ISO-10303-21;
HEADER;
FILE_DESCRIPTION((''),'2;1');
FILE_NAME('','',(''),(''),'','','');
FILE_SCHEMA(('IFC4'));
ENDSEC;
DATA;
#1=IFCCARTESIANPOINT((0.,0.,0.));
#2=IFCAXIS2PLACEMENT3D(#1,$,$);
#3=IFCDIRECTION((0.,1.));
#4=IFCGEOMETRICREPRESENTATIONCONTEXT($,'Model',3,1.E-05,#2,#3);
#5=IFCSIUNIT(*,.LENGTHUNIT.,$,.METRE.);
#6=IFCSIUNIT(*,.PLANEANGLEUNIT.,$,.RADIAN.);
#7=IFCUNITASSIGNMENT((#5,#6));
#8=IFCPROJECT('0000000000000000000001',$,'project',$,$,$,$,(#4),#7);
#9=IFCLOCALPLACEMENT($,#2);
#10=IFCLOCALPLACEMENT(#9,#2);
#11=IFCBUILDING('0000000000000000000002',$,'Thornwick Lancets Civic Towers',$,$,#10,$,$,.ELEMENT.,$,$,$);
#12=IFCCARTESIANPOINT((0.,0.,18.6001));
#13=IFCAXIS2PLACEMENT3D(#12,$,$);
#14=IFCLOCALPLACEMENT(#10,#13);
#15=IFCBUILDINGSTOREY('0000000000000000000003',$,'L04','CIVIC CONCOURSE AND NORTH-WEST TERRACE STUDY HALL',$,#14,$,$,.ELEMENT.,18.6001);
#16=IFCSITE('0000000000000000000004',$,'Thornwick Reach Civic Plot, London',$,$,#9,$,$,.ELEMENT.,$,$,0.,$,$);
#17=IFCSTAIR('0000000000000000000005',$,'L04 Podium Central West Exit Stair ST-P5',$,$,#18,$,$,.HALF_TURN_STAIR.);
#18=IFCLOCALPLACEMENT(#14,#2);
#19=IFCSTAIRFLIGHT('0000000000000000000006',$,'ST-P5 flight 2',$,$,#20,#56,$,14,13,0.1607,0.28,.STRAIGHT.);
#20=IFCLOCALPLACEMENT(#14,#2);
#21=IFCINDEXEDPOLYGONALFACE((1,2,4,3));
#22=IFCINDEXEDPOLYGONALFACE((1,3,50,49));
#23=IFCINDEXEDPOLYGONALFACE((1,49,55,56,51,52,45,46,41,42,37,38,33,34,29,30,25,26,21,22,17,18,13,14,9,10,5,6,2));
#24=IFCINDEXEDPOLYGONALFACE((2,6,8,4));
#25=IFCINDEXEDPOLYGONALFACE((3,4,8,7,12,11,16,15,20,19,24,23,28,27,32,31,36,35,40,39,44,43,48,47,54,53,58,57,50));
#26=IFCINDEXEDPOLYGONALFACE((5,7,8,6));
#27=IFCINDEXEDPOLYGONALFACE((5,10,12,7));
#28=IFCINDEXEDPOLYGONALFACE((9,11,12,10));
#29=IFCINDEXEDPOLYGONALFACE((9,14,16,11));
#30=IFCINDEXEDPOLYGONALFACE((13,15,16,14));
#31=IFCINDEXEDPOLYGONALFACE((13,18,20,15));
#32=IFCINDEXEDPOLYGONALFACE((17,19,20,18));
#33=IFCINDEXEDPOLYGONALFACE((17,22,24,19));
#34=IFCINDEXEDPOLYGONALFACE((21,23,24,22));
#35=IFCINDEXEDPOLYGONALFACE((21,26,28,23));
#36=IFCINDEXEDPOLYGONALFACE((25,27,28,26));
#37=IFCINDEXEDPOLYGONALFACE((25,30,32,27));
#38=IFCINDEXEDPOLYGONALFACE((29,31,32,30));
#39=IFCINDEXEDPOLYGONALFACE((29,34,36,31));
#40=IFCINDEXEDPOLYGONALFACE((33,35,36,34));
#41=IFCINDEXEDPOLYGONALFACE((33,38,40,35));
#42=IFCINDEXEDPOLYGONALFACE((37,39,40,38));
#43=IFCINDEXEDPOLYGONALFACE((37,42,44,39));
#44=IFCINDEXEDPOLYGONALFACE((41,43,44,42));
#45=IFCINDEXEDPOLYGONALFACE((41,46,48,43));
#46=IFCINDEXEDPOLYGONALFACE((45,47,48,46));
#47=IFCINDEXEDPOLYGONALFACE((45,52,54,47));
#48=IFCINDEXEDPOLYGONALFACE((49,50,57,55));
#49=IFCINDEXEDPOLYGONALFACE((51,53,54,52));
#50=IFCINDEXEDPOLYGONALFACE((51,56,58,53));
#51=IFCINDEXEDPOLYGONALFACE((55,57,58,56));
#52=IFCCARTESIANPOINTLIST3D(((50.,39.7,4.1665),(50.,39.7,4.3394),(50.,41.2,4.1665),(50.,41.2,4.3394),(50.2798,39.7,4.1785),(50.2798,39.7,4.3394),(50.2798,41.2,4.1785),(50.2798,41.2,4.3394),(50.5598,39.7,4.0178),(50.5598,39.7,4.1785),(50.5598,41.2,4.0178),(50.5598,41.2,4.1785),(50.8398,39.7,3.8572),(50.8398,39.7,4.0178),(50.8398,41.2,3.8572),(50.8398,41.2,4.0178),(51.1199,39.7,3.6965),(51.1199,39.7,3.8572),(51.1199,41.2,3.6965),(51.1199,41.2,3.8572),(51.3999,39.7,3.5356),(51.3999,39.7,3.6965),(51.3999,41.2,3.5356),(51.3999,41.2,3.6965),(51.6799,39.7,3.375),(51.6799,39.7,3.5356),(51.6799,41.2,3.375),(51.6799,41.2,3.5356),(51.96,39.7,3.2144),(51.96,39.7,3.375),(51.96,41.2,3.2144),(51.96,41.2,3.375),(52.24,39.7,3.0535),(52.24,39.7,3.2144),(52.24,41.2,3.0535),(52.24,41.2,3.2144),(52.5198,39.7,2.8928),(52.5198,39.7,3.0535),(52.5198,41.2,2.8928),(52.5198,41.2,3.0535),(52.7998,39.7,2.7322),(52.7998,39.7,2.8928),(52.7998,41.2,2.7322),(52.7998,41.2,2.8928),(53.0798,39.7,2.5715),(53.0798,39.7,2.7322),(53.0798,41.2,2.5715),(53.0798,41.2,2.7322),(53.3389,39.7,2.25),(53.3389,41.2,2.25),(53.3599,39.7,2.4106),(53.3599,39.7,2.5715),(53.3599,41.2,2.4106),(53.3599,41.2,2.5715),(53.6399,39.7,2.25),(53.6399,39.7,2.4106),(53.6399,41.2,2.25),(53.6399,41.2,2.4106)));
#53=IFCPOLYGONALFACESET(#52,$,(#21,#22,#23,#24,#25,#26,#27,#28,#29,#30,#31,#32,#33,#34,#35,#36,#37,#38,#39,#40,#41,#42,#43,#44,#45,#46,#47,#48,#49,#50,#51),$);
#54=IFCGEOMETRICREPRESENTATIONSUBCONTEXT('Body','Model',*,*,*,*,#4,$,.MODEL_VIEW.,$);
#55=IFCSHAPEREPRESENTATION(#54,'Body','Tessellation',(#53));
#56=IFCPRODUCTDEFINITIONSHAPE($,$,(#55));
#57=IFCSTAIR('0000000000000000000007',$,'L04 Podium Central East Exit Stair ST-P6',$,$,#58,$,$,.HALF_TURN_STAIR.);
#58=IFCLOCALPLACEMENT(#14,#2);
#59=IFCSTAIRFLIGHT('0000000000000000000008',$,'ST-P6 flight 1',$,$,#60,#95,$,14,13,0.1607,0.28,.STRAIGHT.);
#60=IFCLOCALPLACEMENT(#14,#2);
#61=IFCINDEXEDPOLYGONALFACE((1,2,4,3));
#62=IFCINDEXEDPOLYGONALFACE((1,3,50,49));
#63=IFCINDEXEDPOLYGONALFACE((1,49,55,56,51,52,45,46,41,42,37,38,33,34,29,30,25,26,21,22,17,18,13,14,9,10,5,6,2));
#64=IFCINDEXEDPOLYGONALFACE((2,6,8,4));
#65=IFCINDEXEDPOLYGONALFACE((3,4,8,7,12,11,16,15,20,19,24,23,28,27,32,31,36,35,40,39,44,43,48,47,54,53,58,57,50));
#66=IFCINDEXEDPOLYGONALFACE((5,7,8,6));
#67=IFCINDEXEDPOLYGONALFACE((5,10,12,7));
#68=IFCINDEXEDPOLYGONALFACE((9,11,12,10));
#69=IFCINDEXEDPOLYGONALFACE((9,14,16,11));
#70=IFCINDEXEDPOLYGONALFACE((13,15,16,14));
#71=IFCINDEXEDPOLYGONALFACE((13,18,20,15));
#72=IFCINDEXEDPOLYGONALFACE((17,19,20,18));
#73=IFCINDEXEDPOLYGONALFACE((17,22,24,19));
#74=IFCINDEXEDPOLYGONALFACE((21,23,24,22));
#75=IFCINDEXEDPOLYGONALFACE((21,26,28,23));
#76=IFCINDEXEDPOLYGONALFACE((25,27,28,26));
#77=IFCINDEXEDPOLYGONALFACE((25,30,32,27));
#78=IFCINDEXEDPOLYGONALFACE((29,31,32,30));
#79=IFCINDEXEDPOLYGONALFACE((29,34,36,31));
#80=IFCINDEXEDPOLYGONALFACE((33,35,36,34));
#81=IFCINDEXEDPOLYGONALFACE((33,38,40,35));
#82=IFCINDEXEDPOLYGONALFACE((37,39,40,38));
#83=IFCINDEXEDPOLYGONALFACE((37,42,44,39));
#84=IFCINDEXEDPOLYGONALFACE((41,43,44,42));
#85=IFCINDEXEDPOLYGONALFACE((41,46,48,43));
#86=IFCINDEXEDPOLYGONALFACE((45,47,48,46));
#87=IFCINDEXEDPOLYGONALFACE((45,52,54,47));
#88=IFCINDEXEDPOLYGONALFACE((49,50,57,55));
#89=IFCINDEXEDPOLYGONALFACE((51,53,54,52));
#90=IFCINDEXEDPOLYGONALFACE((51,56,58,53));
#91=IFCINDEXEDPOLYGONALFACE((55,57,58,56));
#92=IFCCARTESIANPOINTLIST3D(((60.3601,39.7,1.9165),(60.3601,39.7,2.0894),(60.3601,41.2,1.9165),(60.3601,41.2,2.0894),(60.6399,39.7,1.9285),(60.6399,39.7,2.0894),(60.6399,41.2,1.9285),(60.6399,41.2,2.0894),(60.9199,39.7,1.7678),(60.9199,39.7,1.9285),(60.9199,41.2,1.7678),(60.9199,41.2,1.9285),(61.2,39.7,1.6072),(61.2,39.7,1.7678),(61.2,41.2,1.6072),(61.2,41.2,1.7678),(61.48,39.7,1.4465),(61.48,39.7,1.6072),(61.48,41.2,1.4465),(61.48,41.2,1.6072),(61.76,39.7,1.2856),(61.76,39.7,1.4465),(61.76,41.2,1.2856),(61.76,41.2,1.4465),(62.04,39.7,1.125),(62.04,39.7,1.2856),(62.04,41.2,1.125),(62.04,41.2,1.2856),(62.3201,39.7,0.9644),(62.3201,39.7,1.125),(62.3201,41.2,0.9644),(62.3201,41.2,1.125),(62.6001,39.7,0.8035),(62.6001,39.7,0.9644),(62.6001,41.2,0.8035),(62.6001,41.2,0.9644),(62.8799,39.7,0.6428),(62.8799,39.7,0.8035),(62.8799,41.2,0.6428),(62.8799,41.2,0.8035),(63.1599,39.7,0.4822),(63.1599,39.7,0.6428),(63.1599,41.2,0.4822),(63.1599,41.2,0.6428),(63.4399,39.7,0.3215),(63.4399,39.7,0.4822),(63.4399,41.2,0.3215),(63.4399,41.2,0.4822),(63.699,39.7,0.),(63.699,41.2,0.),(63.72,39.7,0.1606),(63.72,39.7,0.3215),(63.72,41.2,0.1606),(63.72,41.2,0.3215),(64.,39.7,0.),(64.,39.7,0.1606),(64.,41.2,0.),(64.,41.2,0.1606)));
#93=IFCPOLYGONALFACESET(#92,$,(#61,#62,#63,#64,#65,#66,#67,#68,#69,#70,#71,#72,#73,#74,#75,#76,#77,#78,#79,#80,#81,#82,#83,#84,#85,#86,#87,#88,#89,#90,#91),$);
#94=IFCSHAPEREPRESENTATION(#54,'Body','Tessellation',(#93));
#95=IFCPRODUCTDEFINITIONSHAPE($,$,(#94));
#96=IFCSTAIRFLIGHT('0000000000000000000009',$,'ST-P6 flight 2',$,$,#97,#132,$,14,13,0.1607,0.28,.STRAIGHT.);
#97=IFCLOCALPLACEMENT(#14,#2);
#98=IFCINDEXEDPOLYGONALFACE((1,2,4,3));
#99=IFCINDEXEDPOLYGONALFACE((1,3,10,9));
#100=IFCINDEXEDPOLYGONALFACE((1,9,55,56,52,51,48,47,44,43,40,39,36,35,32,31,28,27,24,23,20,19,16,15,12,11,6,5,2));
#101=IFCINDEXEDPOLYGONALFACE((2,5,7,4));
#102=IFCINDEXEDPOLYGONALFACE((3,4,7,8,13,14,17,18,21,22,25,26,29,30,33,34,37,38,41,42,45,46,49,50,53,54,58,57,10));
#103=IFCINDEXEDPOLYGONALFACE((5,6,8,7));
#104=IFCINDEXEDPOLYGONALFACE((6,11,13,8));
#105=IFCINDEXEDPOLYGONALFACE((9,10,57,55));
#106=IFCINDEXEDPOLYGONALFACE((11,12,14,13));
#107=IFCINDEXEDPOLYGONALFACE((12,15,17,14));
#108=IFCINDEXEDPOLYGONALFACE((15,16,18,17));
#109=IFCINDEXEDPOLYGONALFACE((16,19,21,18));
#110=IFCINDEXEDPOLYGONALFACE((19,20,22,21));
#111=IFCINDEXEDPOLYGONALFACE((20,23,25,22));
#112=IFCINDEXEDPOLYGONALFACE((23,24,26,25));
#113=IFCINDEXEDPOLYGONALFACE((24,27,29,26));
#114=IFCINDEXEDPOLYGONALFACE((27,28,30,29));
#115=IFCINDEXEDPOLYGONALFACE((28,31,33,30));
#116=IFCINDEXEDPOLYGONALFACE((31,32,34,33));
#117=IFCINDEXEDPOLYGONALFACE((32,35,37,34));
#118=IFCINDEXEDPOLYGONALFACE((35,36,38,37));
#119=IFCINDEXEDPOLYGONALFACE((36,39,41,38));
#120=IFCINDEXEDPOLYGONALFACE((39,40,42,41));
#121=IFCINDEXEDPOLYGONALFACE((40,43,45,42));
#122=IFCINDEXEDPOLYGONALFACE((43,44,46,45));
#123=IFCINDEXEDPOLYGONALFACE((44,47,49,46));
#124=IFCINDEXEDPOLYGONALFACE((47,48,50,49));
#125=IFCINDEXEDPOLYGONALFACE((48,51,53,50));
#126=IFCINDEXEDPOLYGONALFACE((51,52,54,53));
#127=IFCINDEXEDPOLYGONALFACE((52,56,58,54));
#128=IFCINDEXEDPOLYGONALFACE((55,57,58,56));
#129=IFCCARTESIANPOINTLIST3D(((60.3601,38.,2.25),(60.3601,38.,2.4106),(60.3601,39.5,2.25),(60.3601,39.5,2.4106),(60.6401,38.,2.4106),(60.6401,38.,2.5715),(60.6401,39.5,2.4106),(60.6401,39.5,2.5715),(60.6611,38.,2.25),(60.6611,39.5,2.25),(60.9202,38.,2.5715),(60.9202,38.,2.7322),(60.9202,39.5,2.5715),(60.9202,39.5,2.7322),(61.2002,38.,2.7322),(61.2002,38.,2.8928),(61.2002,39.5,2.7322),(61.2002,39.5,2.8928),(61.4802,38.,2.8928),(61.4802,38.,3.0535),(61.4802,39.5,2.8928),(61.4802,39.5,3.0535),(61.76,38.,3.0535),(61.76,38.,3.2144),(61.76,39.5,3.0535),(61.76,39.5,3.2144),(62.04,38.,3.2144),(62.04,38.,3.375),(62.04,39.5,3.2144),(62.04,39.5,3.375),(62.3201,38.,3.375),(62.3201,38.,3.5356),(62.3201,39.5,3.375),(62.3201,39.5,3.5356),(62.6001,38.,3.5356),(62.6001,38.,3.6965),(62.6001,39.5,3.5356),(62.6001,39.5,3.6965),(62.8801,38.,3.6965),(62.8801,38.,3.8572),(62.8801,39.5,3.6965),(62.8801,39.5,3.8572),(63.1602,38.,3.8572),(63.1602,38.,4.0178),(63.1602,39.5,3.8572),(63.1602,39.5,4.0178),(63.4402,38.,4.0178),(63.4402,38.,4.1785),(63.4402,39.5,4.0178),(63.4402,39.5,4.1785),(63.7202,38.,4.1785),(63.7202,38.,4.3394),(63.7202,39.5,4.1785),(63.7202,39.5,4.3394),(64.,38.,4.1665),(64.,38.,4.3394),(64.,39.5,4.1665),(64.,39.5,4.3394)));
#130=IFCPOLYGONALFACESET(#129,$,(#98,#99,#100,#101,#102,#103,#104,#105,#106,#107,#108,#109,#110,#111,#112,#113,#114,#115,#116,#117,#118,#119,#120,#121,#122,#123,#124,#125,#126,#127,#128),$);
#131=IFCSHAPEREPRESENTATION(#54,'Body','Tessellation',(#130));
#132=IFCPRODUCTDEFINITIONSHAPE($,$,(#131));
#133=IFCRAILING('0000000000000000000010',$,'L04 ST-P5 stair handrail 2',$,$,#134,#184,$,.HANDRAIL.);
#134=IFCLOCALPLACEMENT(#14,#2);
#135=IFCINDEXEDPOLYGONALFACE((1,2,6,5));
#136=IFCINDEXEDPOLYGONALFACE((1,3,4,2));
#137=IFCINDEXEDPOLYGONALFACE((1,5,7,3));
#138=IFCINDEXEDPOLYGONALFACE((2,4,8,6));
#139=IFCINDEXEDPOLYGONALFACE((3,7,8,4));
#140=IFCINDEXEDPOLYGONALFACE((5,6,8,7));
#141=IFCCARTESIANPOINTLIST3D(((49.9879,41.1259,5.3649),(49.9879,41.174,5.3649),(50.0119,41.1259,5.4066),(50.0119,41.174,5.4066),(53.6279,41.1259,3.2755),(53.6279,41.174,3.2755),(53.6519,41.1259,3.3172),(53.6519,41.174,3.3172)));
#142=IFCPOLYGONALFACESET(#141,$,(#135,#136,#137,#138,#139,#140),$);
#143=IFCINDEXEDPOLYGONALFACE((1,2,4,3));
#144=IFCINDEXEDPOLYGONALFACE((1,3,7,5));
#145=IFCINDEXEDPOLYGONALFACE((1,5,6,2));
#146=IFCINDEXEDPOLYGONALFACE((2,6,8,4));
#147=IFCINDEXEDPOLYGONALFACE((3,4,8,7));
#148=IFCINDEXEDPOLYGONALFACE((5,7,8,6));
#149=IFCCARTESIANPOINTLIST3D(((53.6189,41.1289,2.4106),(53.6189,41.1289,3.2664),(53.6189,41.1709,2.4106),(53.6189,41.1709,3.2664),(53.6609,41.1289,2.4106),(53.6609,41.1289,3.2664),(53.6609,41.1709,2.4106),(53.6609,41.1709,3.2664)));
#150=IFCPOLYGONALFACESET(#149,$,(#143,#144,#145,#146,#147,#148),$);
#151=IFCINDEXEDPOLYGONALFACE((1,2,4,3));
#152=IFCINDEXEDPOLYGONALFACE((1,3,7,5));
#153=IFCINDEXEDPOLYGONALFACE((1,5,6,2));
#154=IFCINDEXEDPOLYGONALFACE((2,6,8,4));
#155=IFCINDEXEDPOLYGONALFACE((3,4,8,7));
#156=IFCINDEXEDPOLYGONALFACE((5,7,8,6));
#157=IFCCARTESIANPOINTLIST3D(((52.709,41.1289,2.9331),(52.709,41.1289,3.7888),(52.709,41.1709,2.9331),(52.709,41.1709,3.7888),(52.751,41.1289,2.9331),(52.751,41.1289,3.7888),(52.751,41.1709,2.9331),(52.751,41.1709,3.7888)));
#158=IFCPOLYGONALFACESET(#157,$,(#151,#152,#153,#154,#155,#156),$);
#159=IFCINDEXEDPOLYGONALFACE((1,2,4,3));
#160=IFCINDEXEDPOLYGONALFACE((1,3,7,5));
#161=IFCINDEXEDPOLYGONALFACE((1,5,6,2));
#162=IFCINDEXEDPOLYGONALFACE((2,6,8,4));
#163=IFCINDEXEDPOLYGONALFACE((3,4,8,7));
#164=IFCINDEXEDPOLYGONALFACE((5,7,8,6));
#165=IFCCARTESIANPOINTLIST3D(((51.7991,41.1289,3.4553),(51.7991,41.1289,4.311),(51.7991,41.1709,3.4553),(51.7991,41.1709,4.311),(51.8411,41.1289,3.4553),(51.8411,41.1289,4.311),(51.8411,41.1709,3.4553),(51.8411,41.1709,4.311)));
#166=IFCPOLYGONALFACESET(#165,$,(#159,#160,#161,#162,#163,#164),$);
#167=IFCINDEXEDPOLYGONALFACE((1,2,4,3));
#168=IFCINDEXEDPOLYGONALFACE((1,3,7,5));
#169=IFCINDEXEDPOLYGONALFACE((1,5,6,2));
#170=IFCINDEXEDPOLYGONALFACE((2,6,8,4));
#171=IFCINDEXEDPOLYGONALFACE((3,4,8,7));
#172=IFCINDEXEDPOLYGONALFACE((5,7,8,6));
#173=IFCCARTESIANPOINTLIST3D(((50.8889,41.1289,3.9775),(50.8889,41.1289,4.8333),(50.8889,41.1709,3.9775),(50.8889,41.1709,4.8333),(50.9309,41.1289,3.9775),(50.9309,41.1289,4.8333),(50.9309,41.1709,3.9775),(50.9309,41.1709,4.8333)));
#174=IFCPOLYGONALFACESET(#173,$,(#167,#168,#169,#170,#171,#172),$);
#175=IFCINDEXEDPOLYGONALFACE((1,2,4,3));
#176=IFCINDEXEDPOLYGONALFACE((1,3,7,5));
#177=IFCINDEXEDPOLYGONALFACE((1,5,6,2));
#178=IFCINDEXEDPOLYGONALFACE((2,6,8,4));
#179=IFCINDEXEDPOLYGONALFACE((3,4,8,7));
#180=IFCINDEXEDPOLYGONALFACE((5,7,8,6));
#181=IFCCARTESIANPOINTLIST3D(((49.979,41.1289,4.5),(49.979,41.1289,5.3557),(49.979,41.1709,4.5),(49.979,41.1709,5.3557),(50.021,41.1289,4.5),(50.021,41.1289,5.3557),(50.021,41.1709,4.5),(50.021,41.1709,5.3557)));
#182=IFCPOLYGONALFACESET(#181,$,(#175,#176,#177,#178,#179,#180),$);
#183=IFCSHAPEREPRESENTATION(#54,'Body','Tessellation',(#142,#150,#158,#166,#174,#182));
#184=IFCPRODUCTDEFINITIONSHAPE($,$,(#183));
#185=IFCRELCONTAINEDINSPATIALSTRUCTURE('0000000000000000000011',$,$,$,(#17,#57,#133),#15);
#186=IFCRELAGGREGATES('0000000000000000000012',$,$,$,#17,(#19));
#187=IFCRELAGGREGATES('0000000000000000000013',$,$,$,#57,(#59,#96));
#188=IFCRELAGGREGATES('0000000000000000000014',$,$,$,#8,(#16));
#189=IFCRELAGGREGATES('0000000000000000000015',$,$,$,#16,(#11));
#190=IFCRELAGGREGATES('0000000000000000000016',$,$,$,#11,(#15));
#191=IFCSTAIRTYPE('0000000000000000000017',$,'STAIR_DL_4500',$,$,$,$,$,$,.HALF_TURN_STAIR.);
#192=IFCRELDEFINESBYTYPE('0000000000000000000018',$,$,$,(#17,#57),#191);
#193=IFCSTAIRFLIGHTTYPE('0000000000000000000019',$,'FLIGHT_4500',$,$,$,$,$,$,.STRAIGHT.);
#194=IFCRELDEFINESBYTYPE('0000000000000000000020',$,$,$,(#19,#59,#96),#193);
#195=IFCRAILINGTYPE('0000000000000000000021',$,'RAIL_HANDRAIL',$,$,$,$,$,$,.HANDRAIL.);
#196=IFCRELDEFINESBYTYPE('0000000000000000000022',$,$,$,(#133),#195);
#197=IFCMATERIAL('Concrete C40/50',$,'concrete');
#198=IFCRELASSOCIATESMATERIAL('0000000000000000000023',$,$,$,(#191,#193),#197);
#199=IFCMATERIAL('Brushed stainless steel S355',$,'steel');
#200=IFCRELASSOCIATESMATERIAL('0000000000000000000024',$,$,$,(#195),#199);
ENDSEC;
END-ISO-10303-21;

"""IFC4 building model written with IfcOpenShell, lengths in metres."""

from ifc_helpers import new_model, si_unit, direction, frame, origin, origin_2d, place, context, subcontext, project, spatial, polyline, rectangle, outline, extrude, material, type_object, element, aggregate, save


model = new_model("IFC4")

# Units and contexts
model_context = context("Model", 3, precision=1e-05, world=origin(), true_north=direction((0.0, 1.0)))
body_context = subcontext(model_context, "Body", "Model", "MODEL_VIEW")
ifc_project = project(units=[si_unit("LENGTHUNIT", "METRE"), si_unit("PLANEANGLEUNIT", "RADIAN")], contexts=[model_context])

# Site, building, storey
site_placement = place(None, origin())
site = spatial("IfcSite", under=ifc_project, at=site_placement, Name="Thornwick Reach Civic Plot, London", CompositionType="ELEMENT", RefElevation=0.0)
building_placement = place(site_placement, origin())
building = spatial("IfcBuilding", under=site, at=building_placement, Name="Thornwick Lancets Civic Towers", CompositionType="ELEMENT")
storey_placement = place(building_placement, frame((0.0, 0.0, 18.6001)))
storey = spatial("IfcBuildingStorey", under=building, at=storey_placement, Name="L04", Description="CIVIC CONCOURSE AND NORTH-WEST TERRACE STUDY HALL", CompositionType="ELEMENT", Elevation=18.6001)

# Shared definitions
ifc_material_1 = material(Name="Concrete C40/50", Category="concrete")

# Stair, stair flight
stair_type = type_object("IfcStairType", Name="STAIR_DL_4500", PredefinedType="HALF_TURN_STAIR", material=ifc_material_1)
stair_1_placement = place(storey_placement, origin())
stair_1 = element("IfcStair", 1, at=stair_1_placement, inside=storey, type_object=stair_type, Name="L04 Podium Central West Exit Stair ST-P5", PredefinedType="HALF_TURN_STAIR")
stair_flight_type = type_object("IfcStairFlightType", Name="FLIGHT_4500", PredefinedType="STRAIGHT", material=ifc_material_1)
stair_flight_1_placement = place(storey_placement, frame((53.6399, 40.45, 2.25), z_axis=(0.0, 0.0, 1.0), x_axis=(-1.0, 0.0, 0.0)))
stair_flight_1 = element("IfcStairFlight", 2, at=stair_flight_1_placement, type_object=stair_flight_type, Name="ST-P5 flight 2", NumberOfRisers=14, NumberOfTreads=13, PredefinedType="STRAIGHT", RiserHeight=0.1607, TreadLength=0.28, context=body_context, shape_type="SweptSolid", body=[
    extrude(outline(polyline([(0.0, 0.0), (0.0, 0.1606), (0.28, 0.1606), (0.28, 0.3215), (0.5601, 0.3215), (0.5601, 0.4822), (0.8401, 0.4822), (0.8401, 0.6428), (1.1201, 0.6428), (1.1201, 0.8035), (1.3999, 0.8035), (1.3999, 0.9644), (1.6799, 0.9644), (1.6799, 1.125), (1.96, 1.125), (1.96, 1.2856), (2.24, 1.2856), (2.24, 1.4465), (2.52, 1.4465), (2.52, 1.6072), (2.8, 1.6072), (2.8, 1.7678), (3.0801, 1.7678), (3.0801, 1.9285), (3.3601, 1.9285), (3.3601, 2.0894), (3.6399, 2.0894), (3.6399, 2.25), (3.6399, 1.9165), (0.301, 0.0), (0.0, 0.0)])), frame((0.0, 0.75, 0.0), z_axis=(0.0, -1.0, 0.0), x_axis=(1.0, 0.0, 0.0)), (0.0, 0.0, 1.0), 1.5),
])
aggregate(stair_1, [stair_flight_1])

# Stair, stair flights
stair_2_placement = place(storey_placement, origin())
stair_2 = element("IfcStair", 3, at=stair_2_placement, inside=storey, type_object=stair_type, Name="L04 Podium Central East Exit Stair ST-P6", PredefinedType="HALF_TURN_STAIR")
stair_flight_2_placement = place(storey_placement, frame((64.0, 40.45, 0.0), z_axis=(0.0, 0.0, 1.0), x_axis=(-1.0, 0.0, 0.0)))
stair_flight_2 = element("IfcStairFlight", 4, at=stair_flight_2_placement, type_object=stair_flight_type, Name="ST-P6 flight 1", NumberOfRisers=14, NumberOfTreads=13, PredefinedType="STRAIGHT", RiserHeight=0.1607, TreadLength=0.28, context=body_context, shape_type="SweptSolid", body=[
    extrude(outline(polyline([(0.0, 0.0), (0.0, 0.1606), (0.28, 0.1606), (0.28, 0.3215), (0.5601, 0.3215), (0.5601, 0.4822), (0.8401, 0.4822), (0.8401, 0.6428), (1.1201, 0.6428), (1.1201, 0.8035), (1.3999, 0.8035), (1.3999, 0.9644), (1.6799, 0.9644), (1.6799, 1.125), (1.96, 1.125), (1.96, 1.2856), (2.24, 1.2856), (2.24, 1.4465), (2.52, 1.4465), (2.52, 1.6072), (2.8, 1.6072), (2.8, 1.7678), (3.0801, 1.7678), (3.0801, 1.9285), (3.3601, 1.9285), (3.3601, 2.0894), (3.6399, 2.0894), (3.6399, 2.25), (3.6399, 1.9165), (0.301, 0.0), (0.0, 0.0)])), frame((0.0, 0.75, 0.0), z_axis=(0.0, -1.0, 0.0), x_axis=(1.0, 0.0, 0.0)), (0.0, 0.0, 1.0), 1.5),
])
stair_flight_3_placement = place(storey_placement, frame((60.3601, 38.75, 2.25), z_axis=(0.0, 0.0, 1.0), x_axis=(1.0, 0.0, 0.0)))
stair_flight_3 = element("IfcStairFlight", 5, at=stair_flight_3_placement, type_object=stair_flight_type, Name="ST-P6 flight 2", NumberOfRisers=14, NumberOfTreads=13, PredefinedType="STRAIGHT", RiserHeight=0.1607, TreadLength=0.28, context=body_context, shape_type="SweptSolid", body=[
    extrude(outline(polyline([(0.0, 0.0), (0.0, 0.1606), (0.28, 0.1606), (0.28, 0.3215), (0.5601, 0.3215), (0.5601, 0.4822), (0.8401, 0.4822), (0.8401, 0.6428), (1.1201, 0.6428), (1.1201, 0.8035), (1.3999, 0.8035), (1.3999, 0.9644), (1.6799, 0.9644), (1.6799, 1.125), (1.96, 1.125), (1.96, 1.2856), (2.24, 1.2856), (2.24, 1.4465), (2.52, 1.4465), (2.52, 1.6072), (2.8, 1.6072), (2.8, 1.7678), (3.0801, 1.7678), (3.0801, 1.9285), (3.3601, 1.9285), (3.3601, 2.0894), (3.6399, 2.0894), (3.6399, 2.25), (3.6399, 1.9165), (0.301, 0.0), (0.0, 0.0)])), frame((0.0, 0.75, 0.0), z_axis=(0.0, -1.0, 0.0), x_axis=(1.0, 0.0, 0.0)), (0.0, 0.0, 1.0), 1.5),
])
aggregate(stair_2, [stair_flight_2, stair_flight_3])

# Railing
ifc_material_2 = material(Name="Brushed stainless steel S355", Category="steel")
railing_type_1 = type_object("IfcRailingType", Name="RAIL_HANDRAIL", PredefinedType="HANDRAIL", material=ifc_material_2)
railing_1_placement = place(storey_placement, frame((53.6399, 41.1499, 2.4106)))
element("IfcRailing", 6, at=railing_1_placement, inside=storey, type_object=railing_type_1, Name="L04 ST-P5 stair handrail 2", PredefinedType="HANDRAIL", context=body_context, shape_type="SweptSolid", body=[
    extrude(rectangle(XDim=0.0481, YDim=0.0481, at=origin_2d()), frame((0.0, 0.0, 0.8857), z_axis=(-0.867275, 0.0, 0.497829), x_axis=(0.0, -1.0, 0.0)), (0.0, 0.0, 1.0), 4.197),
    extrude(rectangle(XDim=0.042, YDim=0.042, at=origin_2d()), origin(), (0.0, 0.0, 1.0), 0.8557),
    extrude(rectangle(XDim=0.042, YDim=0.042, at=origin_2d()), frame((-0.9099, 0.0, 0.5225)), (0.0, 0.0, 1.0), 0.8557),
    extrude(rectangle(XDim=0.042, YDim=0.042, at=origin_2d()), frame((-1.8198, 0.0, 1.0447)), (0.0, 0.0, 1.0), 0.8557),
    extrude(rectangle(XDim=0.042, YDim=0.042, at=origin_2d()), frame((-2.73, 0.0, 1.5669)), (0.0, 0.0, 1.0), 0.8557),
    extrude(rectangle(XDim=0.042, YDim=0.042, at=origin_2d()), frame((-3.6399, 0.0, 2.0894)), (0.0, 0.0, 1.0), 0.8557),
])

save(model, "model.ifc")
